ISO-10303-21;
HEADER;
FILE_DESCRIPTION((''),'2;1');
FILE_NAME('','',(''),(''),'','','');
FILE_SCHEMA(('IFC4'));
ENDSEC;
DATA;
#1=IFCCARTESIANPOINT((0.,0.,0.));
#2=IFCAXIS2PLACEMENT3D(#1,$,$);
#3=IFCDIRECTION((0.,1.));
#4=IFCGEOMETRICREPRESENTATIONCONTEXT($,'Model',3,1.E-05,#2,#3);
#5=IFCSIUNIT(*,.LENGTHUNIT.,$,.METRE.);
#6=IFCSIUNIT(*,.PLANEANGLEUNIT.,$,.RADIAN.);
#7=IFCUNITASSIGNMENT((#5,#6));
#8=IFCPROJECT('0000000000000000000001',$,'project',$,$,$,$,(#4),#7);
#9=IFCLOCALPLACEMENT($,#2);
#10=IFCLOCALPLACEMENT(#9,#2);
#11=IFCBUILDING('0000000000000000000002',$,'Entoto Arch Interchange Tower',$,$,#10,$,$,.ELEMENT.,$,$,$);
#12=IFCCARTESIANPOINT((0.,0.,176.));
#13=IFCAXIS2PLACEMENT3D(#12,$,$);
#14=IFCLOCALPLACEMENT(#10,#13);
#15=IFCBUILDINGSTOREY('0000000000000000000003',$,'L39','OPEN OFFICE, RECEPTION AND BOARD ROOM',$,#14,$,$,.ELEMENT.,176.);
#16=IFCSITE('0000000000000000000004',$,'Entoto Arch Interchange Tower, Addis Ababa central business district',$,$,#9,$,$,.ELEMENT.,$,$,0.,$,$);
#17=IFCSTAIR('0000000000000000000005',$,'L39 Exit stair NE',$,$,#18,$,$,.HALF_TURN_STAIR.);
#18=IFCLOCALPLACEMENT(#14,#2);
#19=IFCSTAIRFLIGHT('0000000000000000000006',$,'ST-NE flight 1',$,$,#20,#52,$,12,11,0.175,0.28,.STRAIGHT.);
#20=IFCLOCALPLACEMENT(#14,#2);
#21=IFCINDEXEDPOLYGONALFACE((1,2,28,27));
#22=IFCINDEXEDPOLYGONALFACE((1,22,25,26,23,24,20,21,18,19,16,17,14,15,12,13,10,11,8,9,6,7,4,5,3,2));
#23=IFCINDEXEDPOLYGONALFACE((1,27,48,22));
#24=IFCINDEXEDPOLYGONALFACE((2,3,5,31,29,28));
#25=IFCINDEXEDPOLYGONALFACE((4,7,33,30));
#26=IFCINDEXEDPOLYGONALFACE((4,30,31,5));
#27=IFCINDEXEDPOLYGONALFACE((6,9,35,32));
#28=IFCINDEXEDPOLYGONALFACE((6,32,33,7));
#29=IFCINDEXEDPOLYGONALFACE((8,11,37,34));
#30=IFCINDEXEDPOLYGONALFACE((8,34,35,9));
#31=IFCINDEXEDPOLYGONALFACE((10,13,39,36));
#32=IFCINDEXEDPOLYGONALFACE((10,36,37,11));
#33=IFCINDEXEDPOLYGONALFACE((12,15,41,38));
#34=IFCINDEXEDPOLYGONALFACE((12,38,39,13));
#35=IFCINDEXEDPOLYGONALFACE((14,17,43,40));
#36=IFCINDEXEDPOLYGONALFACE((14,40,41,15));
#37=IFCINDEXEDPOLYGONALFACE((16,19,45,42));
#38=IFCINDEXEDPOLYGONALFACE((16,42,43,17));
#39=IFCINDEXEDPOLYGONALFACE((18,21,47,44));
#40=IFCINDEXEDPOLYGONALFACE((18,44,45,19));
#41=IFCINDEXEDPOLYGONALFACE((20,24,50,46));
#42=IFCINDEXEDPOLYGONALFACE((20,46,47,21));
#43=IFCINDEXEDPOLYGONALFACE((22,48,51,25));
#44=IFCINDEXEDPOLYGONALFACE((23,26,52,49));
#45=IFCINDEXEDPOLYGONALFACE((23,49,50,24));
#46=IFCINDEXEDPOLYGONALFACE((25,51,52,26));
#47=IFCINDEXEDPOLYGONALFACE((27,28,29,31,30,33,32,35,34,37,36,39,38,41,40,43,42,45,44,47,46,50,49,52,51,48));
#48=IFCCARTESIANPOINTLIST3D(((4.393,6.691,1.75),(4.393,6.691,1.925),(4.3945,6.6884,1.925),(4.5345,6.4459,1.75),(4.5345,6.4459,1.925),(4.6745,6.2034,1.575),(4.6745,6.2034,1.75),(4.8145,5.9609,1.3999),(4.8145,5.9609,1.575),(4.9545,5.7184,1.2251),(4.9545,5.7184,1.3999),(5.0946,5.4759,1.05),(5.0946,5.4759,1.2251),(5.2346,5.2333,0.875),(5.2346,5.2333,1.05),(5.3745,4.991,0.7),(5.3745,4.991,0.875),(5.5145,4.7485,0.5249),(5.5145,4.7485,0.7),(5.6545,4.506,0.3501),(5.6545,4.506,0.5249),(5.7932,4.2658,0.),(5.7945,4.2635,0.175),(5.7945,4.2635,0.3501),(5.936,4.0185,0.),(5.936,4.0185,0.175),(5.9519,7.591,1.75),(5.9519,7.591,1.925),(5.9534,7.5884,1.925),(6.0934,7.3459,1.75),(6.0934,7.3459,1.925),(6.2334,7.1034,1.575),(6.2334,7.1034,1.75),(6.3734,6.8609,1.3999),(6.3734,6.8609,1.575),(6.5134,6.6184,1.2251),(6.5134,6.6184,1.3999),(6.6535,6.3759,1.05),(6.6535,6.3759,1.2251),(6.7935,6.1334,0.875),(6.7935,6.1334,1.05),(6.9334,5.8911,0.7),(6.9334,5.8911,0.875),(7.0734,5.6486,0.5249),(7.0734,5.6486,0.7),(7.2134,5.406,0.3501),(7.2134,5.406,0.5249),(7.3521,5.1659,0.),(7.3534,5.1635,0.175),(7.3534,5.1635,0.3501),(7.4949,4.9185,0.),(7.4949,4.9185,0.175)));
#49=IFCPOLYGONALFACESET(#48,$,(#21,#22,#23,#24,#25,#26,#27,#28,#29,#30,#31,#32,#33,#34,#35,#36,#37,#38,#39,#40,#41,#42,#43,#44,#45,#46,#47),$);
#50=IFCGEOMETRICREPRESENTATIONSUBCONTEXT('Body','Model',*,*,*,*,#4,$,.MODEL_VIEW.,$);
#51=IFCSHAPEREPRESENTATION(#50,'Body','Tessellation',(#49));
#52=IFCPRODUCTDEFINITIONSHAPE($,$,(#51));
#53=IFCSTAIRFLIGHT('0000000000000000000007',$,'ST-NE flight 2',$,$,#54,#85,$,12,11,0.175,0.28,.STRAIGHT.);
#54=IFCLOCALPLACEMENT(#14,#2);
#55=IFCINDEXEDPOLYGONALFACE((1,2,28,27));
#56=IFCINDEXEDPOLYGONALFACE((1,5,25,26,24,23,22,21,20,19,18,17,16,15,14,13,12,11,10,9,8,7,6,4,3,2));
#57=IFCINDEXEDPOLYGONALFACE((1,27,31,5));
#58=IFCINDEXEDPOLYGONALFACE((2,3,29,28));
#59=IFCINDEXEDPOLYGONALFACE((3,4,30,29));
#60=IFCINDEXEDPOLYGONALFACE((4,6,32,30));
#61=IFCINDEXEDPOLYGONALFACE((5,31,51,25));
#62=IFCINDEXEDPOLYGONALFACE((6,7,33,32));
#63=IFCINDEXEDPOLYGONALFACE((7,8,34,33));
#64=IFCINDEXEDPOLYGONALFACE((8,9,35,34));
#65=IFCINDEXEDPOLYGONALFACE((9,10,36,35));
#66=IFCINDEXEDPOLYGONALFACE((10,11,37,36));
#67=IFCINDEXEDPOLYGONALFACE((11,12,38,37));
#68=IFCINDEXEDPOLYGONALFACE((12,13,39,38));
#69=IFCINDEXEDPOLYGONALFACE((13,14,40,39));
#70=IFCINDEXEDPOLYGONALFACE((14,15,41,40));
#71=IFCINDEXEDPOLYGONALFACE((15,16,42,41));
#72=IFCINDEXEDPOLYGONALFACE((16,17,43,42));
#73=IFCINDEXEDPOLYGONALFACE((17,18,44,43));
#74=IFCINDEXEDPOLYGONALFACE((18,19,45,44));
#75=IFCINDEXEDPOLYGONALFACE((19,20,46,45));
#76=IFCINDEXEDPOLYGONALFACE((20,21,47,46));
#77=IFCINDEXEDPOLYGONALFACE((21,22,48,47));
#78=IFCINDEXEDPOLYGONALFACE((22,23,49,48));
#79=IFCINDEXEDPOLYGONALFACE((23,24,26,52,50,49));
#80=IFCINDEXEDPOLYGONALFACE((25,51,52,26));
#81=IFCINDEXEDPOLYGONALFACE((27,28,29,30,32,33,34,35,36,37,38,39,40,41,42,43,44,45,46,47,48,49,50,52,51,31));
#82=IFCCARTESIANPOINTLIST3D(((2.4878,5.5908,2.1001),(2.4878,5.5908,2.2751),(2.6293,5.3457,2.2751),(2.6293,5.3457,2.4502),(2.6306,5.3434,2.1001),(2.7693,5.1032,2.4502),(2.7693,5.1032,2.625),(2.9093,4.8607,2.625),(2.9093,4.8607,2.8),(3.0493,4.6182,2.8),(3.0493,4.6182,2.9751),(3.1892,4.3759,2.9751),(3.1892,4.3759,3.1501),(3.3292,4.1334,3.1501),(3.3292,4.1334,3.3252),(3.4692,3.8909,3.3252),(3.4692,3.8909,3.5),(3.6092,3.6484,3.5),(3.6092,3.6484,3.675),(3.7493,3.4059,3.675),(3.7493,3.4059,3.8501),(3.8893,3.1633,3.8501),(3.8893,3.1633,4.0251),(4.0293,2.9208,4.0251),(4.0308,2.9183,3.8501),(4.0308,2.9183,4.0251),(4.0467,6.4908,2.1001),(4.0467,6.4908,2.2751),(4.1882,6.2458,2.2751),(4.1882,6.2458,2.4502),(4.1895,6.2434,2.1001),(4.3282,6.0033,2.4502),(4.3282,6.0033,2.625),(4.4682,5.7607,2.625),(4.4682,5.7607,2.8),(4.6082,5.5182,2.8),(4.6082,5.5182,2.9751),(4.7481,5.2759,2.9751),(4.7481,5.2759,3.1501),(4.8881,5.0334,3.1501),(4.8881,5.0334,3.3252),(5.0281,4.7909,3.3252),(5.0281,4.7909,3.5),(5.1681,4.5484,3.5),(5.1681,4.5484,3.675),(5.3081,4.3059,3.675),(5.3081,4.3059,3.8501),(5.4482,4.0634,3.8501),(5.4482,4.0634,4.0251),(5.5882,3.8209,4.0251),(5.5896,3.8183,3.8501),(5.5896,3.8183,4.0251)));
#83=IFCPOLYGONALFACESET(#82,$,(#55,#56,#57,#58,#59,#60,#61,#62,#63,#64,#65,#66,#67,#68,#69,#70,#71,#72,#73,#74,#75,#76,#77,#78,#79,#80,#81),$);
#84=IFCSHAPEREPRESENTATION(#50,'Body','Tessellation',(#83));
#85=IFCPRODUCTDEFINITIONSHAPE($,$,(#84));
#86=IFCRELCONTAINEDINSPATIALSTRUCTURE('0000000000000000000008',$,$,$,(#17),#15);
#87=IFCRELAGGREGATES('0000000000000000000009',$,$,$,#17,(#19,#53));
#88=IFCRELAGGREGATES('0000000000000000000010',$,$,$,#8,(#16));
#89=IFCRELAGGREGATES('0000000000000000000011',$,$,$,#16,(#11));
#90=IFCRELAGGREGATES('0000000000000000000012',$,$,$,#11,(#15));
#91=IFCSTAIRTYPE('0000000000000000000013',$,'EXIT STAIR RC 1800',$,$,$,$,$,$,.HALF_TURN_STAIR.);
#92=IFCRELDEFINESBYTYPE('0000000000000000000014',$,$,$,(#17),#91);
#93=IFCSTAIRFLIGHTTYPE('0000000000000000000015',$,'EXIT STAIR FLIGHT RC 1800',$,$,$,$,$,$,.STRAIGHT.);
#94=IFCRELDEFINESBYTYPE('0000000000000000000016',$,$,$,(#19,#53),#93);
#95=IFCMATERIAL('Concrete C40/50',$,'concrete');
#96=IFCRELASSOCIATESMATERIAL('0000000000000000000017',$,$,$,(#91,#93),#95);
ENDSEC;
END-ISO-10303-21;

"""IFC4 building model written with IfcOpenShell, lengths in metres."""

from ifc_helpers import new_model, si_unit, direction, frame, origin, place, context, subcontext, project, spatial, polyline, outline, extrude, material, type_object, element, aggregate, save


model = new_model("IFC4")

# Units and contexts
model_context = context("Model", 3, precision=1e-05, world=origin(), true_north=direction((0.0, 1.0)))
body_context = subcontext(model_context, "Body", "Model", "MODEL_VIEW")
ifc_project = project(units=[si_unit("LENGTHUNIT", "METRE"), si_unit("PLANEANGLEUNIT", "RADIAN")], contexts=[model_context])

# Site, building, storey
site_placement = place(None, origin())
site = spatial("IfcSite", under=ifc_project, at=site_placement, Name="Entoto Arch Interchange Tower, Addis Ababa central business district", CompositionType="ELEMENT", RefElevation=0.0)
building_placement = place(site_placement, origin())
building = spatial("IfcBuilding", under=site, at=building_placement, Name="Entoto Arch Interchange Tower", CompositionType="ELEMENT")
storey_placement = place(building_placement, frame((0.0, 0.0, 176.0)))
storey = spatial("IfcBuildingStorey", under=building, at=storey_placement, Name="L39", Description="OPEN OFFICE, RECEPTION AND BOARD ROOM", CompositionType="ELEMENT", Elevation=176.0)

# Shared definitions
ifc_material_1 = material(Name="Concrete C40/50", Category="concrete")

# Stair, stair flights
stair_type = type_object("IfcStairType", Name="EXIT STAIR RC 1800", PredefinedType="HALF_TURN_STAIR", material=ifc_material_1)
stair_placement = place(storey_placement, origin())
stair = element("IfcStair", 1, at=stair_placement, inside=storey, type_object=stair_type, Name="L39 Exit stair NE", PredefinedType="HALF_TURN_STAIR")
stair_flight_type = type_object("IfcStairFlightType", Name="EXIT STAIR FLIGHT RC 1800", PredefinedType="STRAIGHT", material=ifc_material_1)
stair_flight_1_placement = place(storey_placement, frame((6.7139, 4.4709, 0.0), z_axis=(0.0, 0.0, 1.0), x_axis=(-0.5, 0.866025, 0.0)))
stair_flight_1 = element("IfcStairFlight", 2, at=stair_flight_1_placement, type_object=stair_flight_type, Name="ST-NE flight 1", NumberOfRisers=12, NumberOfTreads=11, PredefinedType="STRAIGHT", RiserHeight=0.175, TreadLength=0.28, context=body_context, shape_type="SweptSolid", body=[
    extrude(outline(polyline([(-0.0029, 0.0), (-0.0029, 0.175), (0.28, 0.175), (0.28, 0.3501), (0.5601, 0.3501), (0.5601, 0.5249), (0.8401, 0.5249), (0.8401, 0.7), (1.1201, 0.7), (1.1201, 0.875), (1.3999, 0.875), (1.3999, 1.05), (1.6799, 1.05), (1.6799, 1.2251), (1.96, 1.2251), (1.96, 1.3999), (2.24, 1.3999), (2.24, 1.575), (2.52, 1.575), (2.52, 1.75), (2.8, 1.75), (2.8, 1.925), (3.0801, 1.925), (3.083, 1.925), (3.083, 1.75), (0.2827, 0.0), (-0.0029, 0.0)])), frame((0.0, 0.8999, 0.0), z_axis=(0.0, -1.0, 0.0), x_axis=(1.0, 0.0, 0.0)), (0.0, 0.0, 1.0), 1.8),
])
stair_flight_2_placement = place(storey_placement, frame((3.2688, 6.0383, 2.1001), z_axis=(0.0, 0.0, 1.0), x_axis=(0.5, -0.866025, 0.0)))
stair_flight_2 = element("IfcStairFlight", 3, at=stair_flight_2_placement, type_object=stair_flight_type, Name="ST-NE flight 2", NumberOfRisers=12, NumberOfTreads=11, PredefinedType="STRAIGHT", RiserHeight=0.175, TreadLength=0.28, context=body_context, shape_type="SweptSolid", body=[
    extrude(outline(polyline([(-0.0029, 0.0), (-0.0029, 0.175), (0.28, 0.175), (0.28, 0.3501), (0.5601, 0.3501), (0.5601, 0.5249), (0.8401, 0.5249), (0.8401, 0.7), (1.1201, 0.7), (1.1201, 0.875), (1.3999, 0.875), (1.3999, 1.05), (1.6799, 1.05), (1.6799, 1.2251), (1.96, 1.2251), (1.96, 1.3999), (2.24, 1.3999), (2.24, 1.575), (2.52, 1.575), (2.52, 1.75), (2.8, 1.75), (2.8, 1.925), (3.0801, 1.925), (3.083, 1.925), (3.083, 1.75), (0.2827, 0.0), (-0.0029, 0.0)])), frame((0.0, 0.8999, 0.0), z_axis=(0.0, -1.0, 0.0), x_axis=(1.0, 0.0, 0.0)), (0.0, 0.0, 1.0), 1.8),
])
aggregate(stair, [stair_flight_1, stair_flight_2])

save(model, "model.ifc")
